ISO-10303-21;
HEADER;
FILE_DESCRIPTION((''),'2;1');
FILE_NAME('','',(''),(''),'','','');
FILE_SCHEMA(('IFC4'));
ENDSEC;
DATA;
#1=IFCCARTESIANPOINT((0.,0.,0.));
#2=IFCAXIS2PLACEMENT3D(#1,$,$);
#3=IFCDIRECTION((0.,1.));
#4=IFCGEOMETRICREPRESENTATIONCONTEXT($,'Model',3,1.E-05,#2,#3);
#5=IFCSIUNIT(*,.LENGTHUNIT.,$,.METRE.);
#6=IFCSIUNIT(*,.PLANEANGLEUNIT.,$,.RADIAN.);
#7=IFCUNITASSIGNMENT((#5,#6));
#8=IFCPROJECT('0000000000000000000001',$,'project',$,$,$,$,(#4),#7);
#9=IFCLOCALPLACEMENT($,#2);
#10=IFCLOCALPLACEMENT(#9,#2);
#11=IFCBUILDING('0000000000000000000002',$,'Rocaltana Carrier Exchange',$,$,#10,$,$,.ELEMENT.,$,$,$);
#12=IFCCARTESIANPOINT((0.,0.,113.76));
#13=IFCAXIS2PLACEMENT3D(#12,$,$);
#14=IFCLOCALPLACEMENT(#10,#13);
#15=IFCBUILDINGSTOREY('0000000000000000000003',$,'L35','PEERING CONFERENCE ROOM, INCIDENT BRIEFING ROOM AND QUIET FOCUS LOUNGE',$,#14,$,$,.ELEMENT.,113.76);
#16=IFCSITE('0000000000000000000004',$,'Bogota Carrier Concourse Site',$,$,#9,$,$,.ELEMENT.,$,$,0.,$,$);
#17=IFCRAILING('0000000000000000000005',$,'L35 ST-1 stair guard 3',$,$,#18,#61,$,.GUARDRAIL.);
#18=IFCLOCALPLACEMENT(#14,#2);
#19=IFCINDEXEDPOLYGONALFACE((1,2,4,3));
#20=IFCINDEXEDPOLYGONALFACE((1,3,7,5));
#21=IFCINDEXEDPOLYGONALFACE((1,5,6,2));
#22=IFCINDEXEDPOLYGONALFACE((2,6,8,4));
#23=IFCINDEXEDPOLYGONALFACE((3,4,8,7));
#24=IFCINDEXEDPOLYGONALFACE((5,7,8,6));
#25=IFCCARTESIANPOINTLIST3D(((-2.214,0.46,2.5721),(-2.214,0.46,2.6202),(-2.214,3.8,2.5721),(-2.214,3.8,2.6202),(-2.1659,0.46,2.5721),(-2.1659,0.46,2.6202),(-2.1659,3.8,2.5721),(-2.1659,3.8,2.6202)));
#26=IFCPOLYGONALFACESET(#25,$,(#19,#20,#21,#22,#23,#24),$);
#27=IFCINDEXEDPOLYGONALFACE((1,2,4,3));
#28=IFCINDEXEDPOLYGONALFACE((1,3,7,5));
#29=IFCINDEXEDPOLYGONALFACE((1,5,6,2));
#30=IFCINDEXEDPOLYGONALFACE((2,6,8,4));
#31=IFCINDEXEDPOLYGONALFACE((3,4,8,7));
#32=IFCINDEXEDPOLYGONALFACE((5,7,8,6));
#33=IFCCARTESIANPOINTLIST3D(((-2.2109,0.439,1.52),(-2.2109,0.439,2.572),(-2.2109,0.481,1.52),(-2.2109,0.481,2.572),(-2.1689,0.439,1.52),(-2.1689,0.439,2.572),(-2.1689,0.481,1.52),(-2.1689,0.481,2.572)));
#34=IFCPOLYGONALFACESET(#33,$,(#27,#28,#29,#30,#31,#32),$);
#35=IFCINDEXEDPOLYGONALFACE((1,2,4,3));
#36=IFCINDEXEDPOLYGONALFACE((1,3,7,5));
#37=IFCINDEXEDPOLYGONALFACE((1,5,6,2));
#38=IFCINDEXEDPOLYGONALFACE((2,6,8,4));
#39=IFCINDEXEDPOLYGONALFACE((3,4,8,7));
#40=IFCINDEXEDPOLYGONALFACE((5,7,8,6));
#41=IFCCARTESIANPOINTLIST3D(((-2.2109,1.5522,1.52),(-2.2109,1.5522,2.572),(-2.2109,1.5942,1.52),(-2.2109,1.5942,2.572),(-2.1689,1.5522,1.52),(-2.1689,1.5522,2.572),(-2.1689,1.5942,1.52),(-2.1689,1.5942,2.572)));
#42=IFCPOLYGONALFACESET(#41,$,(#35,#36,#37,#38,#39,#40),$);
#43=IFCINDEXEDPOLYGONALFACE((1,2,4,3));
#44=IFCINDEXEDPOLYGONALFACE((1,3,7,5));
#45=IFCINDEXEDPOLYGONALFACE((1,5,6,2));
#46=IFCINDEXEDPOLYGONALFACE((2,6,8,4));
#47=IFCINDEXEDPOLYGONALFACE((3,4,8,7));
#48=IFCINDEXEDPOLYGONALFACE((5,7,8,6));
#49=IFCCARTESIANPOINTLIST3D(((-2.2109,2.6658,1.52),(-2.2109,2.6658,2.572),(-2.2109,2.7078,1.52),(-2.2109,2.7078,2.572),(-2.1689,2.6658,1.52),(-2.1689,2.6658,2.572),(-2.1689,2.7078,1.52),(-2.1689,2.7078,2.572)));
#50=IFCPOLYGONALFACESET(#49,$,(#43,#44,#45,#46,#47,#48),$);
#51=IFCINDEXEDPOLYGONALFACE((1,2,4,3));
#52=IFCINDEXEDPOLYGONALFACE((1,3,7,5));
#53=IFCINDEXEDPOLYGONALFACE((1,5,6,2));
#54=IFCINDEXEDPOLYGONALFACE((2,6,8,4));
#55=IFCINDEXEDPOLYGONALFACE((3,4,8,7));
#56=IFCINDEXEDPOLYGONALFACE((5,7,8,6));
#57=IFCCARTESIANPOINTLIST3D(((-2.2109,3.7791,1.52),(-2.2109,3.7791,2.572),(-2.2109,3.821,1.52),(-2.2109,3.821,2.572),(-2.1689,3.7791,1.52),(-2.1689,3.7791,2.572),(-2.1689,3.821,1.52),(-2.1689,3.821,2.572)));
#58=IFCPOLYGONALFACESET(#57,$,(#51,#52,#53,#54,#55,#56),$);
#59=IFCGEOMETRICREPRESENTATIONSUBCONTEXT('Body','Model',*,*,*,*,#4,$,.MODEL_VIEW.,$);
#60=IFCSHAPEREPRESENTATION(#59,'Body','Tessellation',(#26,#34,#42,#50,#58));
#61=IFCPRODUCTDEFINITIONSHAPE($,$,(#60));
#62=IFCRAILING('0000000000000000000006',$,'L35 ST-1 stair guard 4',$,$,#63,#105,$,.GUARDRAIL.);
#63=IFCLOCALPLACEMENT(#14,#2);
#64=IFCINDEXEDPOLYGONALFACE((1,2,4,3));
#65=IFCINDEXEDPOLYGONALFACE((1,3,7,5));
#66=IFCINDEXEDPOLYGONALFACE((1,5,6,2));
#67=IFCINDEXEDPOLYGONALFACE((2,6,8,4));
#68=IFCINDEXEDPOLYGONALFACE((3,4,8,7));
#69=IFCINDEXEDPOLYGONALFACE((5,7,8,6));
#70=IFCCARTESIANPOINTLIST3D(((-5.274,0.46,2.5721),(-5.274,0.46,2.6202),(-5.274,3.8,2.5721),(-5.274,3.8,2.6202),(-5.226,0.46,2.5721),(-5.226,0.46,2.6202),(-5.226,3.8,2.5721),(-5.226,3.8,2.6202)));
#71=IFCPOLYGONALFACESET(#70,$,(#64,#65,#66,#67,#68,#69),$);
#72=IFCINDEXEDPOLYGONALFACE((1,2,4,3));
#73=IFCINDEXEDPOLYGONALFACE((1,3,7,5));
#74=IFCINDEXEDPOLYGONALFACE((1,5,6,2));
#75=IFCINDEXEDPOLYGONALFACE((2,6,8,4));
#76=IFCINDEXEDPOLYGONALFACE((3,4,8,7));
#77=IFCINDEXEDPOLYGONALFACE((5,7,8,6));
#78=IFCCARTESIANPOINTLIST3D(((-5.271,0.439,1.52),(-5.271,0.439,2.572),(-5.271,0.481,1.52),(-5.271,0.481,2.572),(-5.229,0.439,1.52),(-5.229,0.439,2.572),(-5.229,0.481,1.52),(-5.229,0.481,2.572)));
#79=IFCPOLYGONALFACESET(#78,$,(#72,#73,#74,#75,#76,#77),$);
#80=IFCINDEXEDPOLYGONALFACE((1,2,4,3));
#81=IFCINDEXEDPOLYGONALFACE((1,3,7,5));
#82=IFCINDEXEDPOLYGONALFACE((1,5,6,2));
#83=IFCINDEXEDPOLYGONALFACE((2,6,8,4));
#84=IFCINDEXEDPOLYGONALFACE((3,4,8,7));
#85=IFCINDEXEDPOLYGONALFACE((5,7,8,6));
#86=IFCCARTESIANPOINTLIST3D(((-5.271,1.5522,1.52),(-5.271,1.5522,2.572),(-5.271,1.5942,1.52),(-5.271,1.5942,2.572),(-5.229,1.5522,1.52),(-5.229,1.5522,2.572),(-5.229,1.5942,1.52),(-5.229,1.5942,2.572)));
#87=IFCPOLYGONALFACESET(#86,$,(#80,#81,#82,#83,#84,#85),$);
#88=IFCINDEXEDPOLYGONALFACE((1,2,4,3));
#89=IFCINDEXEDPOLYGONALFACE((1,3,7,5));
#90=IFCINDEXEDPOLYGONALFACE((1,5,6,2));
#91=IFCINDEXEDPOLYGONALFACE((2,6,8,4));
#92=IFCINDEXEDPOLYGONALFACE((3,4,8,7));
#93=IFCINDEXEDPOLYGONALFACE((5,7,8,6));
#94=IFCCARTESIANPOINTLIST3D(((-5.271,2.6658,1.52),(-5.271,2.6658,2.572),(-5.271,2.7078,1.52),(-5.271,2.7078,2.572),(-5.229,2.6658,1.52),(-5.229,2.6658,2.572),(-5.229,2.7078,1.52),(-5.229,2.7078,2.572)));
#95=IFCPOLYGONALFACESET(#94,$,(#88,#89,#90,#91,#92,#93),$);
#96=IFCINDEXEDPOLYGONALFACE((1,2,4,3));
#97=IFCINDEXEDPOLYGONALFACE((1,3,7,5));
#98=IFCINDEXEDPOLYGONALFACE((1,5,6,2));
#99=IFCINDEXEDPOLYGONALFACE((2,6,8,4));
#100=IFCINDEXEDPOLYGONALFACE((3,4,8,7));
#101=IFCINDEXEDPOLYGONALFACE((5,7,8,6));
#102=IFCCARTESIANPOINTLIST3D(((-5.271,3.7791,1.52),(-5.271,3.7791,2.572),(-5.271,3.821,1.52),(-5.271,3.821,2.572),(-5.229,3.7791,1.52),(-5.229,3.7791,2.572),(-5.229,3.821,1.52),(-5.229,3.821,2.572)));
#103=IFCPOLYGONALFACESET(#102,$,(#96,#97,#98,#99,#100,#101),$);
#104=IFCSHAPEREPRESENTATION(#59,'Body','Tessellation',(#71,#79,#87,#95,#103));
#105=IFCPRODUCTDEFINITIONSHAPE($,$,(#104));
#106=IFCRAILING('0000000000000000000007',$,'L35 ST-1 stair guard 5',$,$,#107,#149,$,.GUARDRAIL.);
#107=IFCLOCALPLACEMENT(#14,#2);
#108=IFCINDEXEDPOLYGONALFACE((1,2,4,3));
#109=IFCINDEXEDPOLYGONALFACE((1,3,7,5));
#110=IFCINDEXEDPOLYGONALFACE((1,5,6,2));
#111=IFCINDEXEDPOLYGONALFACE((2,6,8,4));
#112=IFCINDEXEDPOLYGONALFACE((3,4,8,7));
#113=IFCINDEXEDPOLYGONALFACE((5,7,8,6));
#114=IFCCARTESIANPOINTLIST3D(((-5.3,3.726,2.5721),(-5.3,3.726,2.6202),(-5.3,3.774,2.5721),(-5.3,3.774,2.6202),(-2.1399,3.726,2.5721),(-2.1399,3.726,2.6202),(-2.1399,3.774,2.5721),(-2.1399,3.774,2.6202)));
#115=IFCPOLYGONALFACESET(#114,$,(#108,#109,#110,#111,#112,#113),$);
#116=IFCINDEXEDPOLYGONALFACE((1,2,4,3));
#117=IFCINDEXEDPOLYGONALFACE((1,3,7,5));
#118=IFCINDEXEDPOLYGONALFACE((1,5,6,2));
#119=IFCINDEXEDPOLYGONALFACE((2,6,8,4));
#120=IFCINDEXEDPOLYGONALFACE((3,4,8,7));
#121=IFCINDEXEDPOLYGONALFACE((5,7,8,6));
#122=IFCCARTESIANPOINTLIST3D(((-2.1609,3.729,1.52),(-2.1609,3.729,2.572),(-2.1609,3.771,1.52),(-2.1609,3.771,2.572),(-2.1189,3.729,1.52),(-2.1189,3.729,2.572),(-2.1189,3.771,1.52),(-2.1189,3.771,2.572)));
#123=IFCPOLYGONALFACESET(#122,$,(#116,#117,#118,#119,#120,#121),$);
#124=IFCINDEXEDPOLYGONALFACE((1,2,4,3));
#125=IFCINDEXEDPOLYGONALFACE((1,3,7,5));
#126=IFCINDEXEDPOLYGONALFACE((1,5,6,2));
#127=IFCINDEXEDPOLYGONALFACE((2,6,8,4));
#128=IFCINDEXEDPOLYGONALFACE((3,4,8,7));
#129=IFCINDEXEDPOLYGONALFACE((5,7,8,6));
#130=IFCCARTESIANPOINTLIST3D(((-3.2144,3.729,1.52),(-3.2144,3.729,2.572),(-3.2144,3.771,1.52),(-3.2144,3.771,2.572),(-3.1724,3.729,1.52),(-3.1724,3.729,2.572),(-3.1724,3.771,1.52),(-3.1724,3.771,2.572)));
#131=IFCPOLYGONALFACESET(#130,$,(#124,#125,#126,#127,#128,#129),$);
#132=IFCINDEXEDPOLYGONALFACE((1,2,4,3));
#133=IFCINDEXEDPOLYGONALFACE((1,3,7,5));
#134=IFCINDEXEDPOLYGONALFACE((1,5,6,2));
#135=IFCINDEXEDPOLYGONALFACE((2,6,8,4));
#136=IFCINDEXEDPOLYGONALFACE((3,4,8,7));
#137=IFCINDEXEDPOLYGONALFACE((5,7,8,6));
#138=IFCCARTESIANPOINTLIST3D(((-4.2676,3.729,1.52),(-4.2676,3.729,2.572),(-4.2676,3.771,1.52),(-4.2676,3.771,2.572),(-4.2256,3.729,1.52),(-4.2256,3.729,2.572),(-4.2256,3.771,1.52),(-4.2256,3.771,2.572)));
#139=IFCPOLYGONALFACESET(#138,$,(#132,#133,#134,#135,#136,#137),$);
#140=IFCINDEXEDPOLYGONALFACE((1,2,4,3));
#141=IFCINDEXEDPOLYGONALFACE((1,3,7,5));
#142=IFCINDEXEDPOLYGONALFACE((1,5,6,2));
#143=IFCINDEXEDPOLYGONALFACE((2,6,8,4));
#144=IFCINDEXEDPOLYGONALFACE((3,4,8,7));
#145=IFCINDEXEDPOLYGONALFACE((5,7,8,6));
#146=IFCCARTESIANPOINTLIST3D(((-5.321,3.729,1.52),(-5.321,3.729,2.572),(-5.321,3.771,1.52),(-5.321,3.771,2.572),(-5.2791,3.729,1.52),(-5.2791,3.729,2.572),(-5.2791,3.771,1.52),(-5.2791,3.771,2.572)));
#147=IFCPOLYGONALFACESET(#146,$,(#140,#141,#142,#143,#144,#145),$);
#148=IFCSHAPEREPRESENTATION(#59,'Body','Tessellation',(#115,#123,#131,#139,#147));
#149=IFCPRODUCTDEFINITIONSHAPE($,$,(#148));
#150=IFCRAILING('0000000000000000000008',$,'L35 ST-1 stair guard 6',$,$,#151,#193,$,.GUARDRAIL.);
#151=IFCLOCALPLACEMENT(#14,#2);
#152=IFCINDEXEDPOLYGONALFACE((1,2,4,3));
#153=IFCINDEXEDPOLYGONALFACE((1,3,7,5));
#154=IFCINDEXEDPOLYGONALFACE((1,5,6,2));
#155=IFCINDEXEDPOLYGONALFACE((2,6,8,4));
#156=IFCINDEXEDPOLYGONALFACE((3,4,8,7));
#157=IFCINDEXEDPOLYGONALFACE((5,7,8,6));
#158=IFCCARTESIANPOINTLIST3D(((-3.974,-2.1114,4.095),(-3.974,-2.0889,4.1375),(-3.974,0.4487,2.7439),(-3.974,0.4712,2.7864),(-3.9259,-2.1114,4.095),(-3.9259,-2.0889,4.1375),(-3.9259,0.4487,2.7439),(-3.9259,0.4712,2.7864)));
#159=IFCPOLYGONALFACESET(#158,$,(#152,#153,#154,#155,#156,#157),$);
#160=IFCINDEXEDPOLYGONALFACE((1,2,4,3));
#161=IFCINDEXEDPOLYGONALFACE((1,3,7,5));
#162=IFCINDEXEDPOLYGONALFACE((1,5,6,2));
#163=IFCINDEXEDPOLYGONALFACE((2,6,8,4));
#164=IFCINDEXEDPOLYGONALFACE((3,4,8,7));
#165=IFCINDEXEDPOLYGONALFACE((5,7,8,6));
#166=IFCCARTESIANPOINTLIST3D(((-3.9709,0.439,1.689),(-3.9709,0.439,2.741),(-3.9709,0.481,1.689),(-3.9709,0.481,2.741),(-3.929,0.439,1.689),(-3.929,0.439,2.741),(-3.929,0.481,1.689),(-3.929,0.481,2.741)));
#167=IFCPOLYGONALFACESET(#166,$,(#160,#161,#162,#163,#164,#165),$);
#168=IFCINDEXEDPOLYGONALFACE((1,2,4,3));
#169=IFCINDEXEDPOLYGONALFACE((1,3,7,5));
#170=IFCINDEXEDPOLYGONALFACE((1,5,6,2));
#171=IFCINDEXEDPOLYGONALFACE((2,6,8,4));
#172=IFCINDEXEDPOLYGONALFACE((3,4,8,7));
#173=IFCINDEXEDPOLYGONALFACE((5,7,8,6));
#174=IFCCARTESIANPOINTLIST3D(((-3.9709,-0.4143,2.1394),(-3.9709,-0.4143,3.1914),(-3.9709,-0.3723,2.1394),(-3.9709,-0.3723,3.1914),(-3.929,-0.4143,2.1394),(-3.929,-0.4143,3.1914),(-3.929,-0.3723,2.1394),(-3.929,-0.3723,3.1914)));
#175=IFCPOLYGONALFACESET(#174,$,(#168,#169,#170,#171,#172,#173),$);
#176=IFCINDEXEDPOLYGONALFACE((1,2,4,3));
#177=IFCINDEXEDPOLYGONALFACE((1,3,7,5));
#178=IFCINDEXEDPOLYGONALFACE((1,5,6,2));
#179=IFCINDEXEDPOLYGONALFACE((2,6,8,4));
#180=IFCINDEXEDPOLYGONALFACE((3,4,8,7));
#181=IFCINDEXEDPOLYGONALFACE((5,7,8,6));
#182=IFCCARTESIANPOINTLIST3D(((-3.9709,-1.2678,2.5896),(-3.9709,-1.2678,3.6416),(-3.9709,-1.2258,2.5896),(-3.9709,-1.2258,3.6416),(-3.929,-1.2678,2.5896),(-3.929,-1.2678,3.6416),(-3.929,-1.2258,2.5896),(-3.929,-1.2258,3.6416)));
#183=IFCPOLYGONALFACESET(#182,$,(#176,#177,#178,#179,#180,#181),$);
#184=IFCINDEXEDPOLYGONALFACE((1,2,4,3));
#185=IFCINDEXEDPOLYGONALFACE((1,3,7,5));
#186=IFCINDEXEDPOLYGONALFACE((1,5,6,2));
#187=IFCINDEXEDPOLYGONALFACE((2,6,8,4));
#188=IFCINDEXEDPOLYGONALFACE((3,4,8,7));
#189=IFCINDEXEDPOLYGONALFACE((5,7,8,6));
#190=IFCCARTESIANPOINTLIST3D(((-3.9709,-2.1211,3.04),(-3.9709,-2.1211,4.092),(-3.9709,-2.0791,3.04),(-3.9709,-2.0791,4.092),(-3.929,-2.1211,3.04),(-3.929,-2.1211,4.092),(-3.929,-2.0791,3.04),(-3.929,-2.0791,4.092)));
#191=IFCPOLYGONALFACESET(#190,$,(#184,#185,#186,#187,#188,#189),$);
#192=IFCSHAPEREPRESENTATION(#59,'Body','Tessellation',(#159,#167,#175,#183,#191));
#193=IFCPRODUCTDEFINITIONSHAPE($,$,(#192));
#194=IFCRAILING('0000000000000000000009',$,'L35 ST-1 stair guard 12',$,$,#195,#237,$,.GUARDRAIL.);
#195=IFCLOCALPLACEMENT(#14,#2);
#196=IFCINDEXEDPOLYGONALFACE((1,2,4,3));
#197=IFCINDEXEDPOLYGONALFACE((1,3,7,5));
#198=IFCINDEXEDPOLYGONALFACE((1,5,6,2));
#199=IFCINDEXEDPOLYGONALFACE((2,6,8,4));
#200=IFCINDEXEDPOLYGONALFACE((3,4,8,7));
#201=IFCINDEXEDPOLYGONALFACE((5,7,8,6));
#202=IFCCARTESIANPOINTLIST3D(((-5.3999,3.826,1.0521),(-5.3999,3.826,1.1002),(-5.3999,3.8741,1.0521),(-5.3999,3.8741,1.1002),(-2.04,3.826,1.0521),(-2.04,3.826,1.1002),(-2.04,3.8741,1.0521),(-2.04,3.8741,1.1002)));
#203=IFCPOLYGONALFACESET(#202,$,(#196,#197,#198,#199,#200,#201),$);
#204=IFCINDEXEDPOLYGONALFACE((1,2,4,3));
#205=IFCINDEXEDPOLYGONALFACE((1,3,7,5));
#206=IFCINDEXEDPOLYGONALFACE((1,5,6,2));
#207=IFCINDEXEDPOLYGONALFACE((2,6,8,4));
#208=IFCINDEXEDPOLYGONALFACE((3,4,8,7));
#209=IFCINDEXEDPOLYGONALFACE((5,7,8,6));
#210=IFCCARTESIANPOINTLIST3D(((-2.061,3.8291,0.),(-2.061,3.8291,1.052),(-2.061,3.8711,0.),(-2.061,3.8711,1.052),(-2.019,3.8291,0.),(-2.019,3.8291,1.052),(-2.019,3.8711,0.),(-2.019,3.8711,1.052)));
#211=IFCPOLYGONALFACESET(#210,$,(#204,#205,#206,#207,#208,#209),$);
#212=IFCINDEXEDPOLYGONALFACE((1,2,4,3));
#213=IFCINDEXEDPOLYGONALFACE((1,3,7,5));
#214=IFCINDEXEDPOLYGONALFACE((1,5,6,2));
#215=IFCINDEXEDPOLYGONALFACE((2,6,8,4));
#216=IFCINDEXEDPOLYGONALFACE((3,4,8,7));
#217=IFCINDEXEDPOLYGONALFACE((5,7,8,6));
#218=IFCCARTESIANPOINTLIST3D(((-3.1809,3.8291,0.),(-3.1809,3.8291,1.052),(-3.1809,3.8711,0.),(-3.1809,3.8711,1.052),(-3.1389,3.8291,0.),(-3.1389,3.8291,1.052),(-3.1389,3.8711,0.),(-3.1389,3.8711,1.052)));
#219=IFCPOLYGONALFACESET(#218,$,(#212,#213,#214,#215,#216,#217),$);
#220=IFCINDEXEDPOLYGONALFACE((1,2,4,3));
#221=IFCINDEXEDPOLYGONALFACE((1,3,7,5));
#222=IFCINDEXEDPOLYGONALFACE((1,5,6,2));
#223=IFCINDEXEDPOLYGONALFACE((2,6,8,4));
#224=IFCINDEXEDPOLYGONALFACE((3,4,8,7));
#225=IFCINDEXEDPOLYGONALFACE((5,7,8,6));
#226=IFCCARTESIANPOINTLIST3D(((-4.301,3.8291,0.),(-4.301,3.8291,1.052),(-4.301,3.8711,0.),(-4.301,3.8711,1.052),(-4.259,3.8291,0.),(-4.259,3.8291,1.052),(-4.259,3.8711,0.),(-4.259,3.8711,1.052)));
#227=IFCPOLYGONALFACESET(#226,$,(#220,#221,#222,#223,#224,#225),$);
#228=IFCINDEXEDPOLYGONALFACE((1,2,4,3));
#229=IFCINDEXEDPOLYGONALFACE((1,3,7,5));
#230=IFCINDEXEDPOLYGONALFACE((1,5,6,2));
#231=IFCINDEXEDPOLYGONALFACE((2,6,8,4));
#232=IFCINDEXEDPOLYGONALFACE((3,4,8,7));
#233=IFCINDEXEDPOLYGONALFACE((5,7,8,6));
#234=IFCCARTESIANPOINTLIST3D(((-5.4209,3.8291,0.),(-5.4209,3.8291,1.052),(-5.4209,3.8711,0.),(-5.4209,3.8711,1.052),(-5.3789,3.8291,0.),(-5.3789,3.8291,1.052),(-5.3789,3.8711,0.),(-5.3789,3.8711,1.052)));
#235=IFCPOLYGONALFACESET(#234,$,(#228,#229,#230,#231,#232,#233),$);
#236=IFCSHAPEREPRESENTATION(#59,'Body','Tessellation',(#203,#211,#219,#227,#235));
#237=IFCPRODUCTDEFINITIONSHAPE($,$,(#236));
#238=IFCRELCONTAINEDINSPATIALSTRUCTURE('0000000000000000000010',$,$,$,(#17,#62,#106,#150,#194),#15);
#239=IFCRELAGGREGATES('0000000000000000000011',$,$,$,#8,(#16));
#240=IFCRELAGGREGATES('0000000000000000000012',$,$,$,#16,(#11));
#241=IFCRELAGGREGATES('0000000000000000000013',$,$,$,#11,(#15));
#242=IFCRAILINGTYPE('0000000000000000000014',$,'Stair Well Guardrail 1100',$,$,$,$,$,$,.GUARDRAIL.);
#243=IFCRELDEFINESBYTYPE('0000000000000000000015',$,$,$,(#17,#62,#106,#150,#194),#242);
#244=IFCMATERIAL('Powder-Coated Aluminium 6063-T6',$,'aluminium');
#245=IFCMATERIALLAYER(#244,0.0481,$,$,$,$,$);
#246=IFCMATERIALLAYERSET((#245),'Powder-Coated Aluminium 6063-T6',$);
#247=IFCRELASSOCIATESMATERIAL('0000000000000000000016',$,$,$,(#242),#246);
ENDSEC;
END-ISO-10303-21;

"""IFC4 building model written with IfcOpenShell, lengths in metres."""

from ifc_helpers import new_model, si_unit, direction, frame, origin, origin_2d, place, context, subcontext, project, spatial, rectangle, extrude, material, layer, layer_set, type_object, element, save


model = new_model("IFC4")

# Units and contexts
model_context = context("Model", 3, precision=1e-05, world=origin(), true_north=direction((0.0, 1.0)))
body_context = subcontext(model_context, "Body", "Model", "MODEL_VIEW")
ifc_project = project(units=[si_unit("LENGTHUNIT", "METRE"), si_unit("PLANEANGLEUNIT", "RADIAN")], contexts=[model_context])

# Site, building, storey
site_placement = place(None, origin())
site = spatial("IfcSite", under=ifc_project, at=site_placement, Name="Bogota Carrier Concourse Site", CompositionType="ELEMENT", RefElevation=0.0)
building_placement = place(site_placement, origin())
building = spatial("IfcBuilding", under=site, at=building_placement, Name="Rocaltana Carrier Exchange", CompositionType="ELEMENT")
storey_placement = place(building_placement, frame((0.0, 0.0, 113.76)))
storey = spatial("IfcBuildingStorey", under=building, at=storey_placement, Name="L35", Description="PEERING CONFERENCE ROOM, INCIDENT BRIEFING ROOM AND QUIET FOCUS LOUNGE", CompositionType="ELEMENT", Elevation=113.76)

# Railings
ifc_material_1 = material(Name="Powder-Coated Aluminium 6063-T6", Category="aluminium")
ifc_layer_1 = layer(ifc_material_1, 0.0481)
ifc_layer_set_1 = layer_set([ifc_layer_1], Name="Powder-Coated Aluminium 6063-T6")
railing_type_1 = type_object("IfcRailingType", Name="Stair Well Guardrail 1100", PredefinedType="GUARDRAIL", material=ifc_layer_set_1)
for number, where, name in (
    (1, (-2.1899, 0.46, 1.52), "L35 ST-1 stair guard 3"),
    (2, (-5.25, 0.46, 1.52), "L35 ST-1 stair guard 4"),
):
    element("IfcRailing", number, at=place(storey_placement, frame(where)), inside=storey, type_object=railing_type_1, Name=name, PredefinedType="GUARDRAIL", context=body_context, shape_type="SweptSolid", body=[
        extrude(rectangle(XDim=0.0481, YDim=0.0481, at=origin_2d()), frame((0.0, 0.0, 1.0762), z_axis=(0.0, 1.0, 0.0), x_axis=(-1.0, 0.0, 0.0)), (0.0, 0.0, 1.0), 3.3401),
        extrude(rectangle(XDim=0.042, YDim=0.042, at=origin_2d()), origin(), (0.0, 0.0, 1.0), 1.052),
        extrude(rectangle(XDim=0.042, YDim=0.042, at=origin_2d()), frame((0.0, 1.1133, 0.0)), (0.0, 0.0, 1.0), 1.052),
        extrude(rectangle(XDim=0.042, YDim=0.042, at=origin_2d()), frame((0.0, 2.2268, 0.0)), (0.0, 0.0, 1.0), 1.052),
        extrude(rectangle(XDim=0.042, YDim=0.042, at=origin_2d()), frame((0.0, 3.3401, 0.0)), (0.0, 0.0, 1.0), 1.052),
    ])
railing_1_placement = place(storey_placement, frame((-2.1399, 3.75, 1.52)))
element("IfcRailing", 3, at=railing_1_placement, inside=storey, type_object=railing_type_1, Name="L35 ST-1 stair guard 5", PredefinedType="GUARDRAIL", context=body_context, shape_type="SweptSolid", body=[
    extrude(rectangle(XDim=0.0481, YDim=0.0481, at=origin_2d()), frame((0.0, 0.0, 1.0762), z_axis=(-1.0, 0.0, 0.0), x_axis=(0.0, -1.0, 0.0)), (0.0, 0.0, 1.0), 3.1602),
    extrude(rectangle(XDim=0.042, YDim=0.042, at=origin_2d()), origin(), (0.0, 0.0, 1.0), 1.052),
    extrude(rectangle(XDim=0.042, YDim=0.042, at=origin_2d()), frame((-1.0535, 0.0, 0.0)), (0.0, 0.0, 1.0), 1.052),
    extrude(rectangle(XDim=0.042, YDim=0.042, at=origin_2d()), frame((-2.1067, 0.0, 0.0)), (0.0, 0.0, 1.0), 1.052),
    extrude(rectangle(XDim=0.042, YDim=0.042, at=origin_2d()), frame((-3.1602, 0.0, 0.0)), (0.0, 0.0, 1.0), 1.052),
])
railing_2_placement = place(storey_placement, frame((-3.95, 0.46, 1.689)))
element("IfcRailing", 4, at=railing_2_placement, inside=storey, type_object=railing_type_1, Name="L35 ST-1 stair guard 6", PredefinedType="GUARDRAIL", context=body_context, shape_type="SweptSolid", body=[
    extrude(rectangle(XDim=0.0481, YDim=0.0481, at=origin_2d()), frame((0.0, 0.0, 1.0762), z_axis=(0.0, -0.884394, 0.46674), x_axis=(1.0, 0.0, 0.0)), (0.0, 0.0, 1.0), 2.8948),
    extrude(rectangle(XDim=0.042, YDim=0.042, at=origin_2d()), origin(), (0.0, 0.0, 1.0), 1.052),
    extrude(rectangle(XDim=0.042, YDim=0.042, at=origin_2d()), frame((0.0, -0.8533, 0.4504)), (0.0, 0.0, 1.0), 1.052),
    extrude(rectangle(XDim=0.042, YDim=0.042, at=origin_2d()), frame((0.0, -1.7068, 0.9006)), (0.0, 0.0, 1.0), 1.052),
    extrude(rectangle(XDim=0.042, YDim=0.042, at=origin_2d()), frame((0.0, -2.5601, 1.3511)), (0.0, 0.0, 1.0), 1.052),
])
railing_3_placement = place(storey_placement, frame((-2.04, 3.8501, 0.0)))
element("IfcRailing", 5, at=railing_3_placement, inside=storey, type_object=railing_type_1, Name="L35 ST-1 stair guard 12", PredefinedType="GUARDRAIL", context=body_context, shape_type="SweptSolid", body=[
    extrude(rectangle(XDim=0.0481, YDim=0.0481, at=origin_2d()), frame((0.0, 0.0, 1.0762), z_axis=(-1.0, 0.0, 0.0), x_axis=(0.0, -1.0, 0.0)), (0.0, 0.0, 1.0), 3.3599),
    extrude(rectangle(XDim=0.042, YDim=0.042, at=origin_2d()), origin(), (0.0, 0.0, 1.0), 1.052),
    extrude(rectangle(XDim=0.042, YDim=0.042, at=origin_2d()), frame((-1.1199, 0.0, 0.0)), (0.0, 0.0, 1.0), 1.052),
    extrude(rectangle(XDim=0.042, YDim=0.042, at=origin_2d()), frame((-2.24, 0.0, 0.0)), (0.0, 0.0, 1.0), 1.052),
    extrude(rectangle(XDim=0.042, YDim=0.042, at=origin_2d()), frame((-3.3599, 0.0, 0.0)), (0.0, 0.0, 1.0), 1.052),
])

save(model, "model.ifc")
